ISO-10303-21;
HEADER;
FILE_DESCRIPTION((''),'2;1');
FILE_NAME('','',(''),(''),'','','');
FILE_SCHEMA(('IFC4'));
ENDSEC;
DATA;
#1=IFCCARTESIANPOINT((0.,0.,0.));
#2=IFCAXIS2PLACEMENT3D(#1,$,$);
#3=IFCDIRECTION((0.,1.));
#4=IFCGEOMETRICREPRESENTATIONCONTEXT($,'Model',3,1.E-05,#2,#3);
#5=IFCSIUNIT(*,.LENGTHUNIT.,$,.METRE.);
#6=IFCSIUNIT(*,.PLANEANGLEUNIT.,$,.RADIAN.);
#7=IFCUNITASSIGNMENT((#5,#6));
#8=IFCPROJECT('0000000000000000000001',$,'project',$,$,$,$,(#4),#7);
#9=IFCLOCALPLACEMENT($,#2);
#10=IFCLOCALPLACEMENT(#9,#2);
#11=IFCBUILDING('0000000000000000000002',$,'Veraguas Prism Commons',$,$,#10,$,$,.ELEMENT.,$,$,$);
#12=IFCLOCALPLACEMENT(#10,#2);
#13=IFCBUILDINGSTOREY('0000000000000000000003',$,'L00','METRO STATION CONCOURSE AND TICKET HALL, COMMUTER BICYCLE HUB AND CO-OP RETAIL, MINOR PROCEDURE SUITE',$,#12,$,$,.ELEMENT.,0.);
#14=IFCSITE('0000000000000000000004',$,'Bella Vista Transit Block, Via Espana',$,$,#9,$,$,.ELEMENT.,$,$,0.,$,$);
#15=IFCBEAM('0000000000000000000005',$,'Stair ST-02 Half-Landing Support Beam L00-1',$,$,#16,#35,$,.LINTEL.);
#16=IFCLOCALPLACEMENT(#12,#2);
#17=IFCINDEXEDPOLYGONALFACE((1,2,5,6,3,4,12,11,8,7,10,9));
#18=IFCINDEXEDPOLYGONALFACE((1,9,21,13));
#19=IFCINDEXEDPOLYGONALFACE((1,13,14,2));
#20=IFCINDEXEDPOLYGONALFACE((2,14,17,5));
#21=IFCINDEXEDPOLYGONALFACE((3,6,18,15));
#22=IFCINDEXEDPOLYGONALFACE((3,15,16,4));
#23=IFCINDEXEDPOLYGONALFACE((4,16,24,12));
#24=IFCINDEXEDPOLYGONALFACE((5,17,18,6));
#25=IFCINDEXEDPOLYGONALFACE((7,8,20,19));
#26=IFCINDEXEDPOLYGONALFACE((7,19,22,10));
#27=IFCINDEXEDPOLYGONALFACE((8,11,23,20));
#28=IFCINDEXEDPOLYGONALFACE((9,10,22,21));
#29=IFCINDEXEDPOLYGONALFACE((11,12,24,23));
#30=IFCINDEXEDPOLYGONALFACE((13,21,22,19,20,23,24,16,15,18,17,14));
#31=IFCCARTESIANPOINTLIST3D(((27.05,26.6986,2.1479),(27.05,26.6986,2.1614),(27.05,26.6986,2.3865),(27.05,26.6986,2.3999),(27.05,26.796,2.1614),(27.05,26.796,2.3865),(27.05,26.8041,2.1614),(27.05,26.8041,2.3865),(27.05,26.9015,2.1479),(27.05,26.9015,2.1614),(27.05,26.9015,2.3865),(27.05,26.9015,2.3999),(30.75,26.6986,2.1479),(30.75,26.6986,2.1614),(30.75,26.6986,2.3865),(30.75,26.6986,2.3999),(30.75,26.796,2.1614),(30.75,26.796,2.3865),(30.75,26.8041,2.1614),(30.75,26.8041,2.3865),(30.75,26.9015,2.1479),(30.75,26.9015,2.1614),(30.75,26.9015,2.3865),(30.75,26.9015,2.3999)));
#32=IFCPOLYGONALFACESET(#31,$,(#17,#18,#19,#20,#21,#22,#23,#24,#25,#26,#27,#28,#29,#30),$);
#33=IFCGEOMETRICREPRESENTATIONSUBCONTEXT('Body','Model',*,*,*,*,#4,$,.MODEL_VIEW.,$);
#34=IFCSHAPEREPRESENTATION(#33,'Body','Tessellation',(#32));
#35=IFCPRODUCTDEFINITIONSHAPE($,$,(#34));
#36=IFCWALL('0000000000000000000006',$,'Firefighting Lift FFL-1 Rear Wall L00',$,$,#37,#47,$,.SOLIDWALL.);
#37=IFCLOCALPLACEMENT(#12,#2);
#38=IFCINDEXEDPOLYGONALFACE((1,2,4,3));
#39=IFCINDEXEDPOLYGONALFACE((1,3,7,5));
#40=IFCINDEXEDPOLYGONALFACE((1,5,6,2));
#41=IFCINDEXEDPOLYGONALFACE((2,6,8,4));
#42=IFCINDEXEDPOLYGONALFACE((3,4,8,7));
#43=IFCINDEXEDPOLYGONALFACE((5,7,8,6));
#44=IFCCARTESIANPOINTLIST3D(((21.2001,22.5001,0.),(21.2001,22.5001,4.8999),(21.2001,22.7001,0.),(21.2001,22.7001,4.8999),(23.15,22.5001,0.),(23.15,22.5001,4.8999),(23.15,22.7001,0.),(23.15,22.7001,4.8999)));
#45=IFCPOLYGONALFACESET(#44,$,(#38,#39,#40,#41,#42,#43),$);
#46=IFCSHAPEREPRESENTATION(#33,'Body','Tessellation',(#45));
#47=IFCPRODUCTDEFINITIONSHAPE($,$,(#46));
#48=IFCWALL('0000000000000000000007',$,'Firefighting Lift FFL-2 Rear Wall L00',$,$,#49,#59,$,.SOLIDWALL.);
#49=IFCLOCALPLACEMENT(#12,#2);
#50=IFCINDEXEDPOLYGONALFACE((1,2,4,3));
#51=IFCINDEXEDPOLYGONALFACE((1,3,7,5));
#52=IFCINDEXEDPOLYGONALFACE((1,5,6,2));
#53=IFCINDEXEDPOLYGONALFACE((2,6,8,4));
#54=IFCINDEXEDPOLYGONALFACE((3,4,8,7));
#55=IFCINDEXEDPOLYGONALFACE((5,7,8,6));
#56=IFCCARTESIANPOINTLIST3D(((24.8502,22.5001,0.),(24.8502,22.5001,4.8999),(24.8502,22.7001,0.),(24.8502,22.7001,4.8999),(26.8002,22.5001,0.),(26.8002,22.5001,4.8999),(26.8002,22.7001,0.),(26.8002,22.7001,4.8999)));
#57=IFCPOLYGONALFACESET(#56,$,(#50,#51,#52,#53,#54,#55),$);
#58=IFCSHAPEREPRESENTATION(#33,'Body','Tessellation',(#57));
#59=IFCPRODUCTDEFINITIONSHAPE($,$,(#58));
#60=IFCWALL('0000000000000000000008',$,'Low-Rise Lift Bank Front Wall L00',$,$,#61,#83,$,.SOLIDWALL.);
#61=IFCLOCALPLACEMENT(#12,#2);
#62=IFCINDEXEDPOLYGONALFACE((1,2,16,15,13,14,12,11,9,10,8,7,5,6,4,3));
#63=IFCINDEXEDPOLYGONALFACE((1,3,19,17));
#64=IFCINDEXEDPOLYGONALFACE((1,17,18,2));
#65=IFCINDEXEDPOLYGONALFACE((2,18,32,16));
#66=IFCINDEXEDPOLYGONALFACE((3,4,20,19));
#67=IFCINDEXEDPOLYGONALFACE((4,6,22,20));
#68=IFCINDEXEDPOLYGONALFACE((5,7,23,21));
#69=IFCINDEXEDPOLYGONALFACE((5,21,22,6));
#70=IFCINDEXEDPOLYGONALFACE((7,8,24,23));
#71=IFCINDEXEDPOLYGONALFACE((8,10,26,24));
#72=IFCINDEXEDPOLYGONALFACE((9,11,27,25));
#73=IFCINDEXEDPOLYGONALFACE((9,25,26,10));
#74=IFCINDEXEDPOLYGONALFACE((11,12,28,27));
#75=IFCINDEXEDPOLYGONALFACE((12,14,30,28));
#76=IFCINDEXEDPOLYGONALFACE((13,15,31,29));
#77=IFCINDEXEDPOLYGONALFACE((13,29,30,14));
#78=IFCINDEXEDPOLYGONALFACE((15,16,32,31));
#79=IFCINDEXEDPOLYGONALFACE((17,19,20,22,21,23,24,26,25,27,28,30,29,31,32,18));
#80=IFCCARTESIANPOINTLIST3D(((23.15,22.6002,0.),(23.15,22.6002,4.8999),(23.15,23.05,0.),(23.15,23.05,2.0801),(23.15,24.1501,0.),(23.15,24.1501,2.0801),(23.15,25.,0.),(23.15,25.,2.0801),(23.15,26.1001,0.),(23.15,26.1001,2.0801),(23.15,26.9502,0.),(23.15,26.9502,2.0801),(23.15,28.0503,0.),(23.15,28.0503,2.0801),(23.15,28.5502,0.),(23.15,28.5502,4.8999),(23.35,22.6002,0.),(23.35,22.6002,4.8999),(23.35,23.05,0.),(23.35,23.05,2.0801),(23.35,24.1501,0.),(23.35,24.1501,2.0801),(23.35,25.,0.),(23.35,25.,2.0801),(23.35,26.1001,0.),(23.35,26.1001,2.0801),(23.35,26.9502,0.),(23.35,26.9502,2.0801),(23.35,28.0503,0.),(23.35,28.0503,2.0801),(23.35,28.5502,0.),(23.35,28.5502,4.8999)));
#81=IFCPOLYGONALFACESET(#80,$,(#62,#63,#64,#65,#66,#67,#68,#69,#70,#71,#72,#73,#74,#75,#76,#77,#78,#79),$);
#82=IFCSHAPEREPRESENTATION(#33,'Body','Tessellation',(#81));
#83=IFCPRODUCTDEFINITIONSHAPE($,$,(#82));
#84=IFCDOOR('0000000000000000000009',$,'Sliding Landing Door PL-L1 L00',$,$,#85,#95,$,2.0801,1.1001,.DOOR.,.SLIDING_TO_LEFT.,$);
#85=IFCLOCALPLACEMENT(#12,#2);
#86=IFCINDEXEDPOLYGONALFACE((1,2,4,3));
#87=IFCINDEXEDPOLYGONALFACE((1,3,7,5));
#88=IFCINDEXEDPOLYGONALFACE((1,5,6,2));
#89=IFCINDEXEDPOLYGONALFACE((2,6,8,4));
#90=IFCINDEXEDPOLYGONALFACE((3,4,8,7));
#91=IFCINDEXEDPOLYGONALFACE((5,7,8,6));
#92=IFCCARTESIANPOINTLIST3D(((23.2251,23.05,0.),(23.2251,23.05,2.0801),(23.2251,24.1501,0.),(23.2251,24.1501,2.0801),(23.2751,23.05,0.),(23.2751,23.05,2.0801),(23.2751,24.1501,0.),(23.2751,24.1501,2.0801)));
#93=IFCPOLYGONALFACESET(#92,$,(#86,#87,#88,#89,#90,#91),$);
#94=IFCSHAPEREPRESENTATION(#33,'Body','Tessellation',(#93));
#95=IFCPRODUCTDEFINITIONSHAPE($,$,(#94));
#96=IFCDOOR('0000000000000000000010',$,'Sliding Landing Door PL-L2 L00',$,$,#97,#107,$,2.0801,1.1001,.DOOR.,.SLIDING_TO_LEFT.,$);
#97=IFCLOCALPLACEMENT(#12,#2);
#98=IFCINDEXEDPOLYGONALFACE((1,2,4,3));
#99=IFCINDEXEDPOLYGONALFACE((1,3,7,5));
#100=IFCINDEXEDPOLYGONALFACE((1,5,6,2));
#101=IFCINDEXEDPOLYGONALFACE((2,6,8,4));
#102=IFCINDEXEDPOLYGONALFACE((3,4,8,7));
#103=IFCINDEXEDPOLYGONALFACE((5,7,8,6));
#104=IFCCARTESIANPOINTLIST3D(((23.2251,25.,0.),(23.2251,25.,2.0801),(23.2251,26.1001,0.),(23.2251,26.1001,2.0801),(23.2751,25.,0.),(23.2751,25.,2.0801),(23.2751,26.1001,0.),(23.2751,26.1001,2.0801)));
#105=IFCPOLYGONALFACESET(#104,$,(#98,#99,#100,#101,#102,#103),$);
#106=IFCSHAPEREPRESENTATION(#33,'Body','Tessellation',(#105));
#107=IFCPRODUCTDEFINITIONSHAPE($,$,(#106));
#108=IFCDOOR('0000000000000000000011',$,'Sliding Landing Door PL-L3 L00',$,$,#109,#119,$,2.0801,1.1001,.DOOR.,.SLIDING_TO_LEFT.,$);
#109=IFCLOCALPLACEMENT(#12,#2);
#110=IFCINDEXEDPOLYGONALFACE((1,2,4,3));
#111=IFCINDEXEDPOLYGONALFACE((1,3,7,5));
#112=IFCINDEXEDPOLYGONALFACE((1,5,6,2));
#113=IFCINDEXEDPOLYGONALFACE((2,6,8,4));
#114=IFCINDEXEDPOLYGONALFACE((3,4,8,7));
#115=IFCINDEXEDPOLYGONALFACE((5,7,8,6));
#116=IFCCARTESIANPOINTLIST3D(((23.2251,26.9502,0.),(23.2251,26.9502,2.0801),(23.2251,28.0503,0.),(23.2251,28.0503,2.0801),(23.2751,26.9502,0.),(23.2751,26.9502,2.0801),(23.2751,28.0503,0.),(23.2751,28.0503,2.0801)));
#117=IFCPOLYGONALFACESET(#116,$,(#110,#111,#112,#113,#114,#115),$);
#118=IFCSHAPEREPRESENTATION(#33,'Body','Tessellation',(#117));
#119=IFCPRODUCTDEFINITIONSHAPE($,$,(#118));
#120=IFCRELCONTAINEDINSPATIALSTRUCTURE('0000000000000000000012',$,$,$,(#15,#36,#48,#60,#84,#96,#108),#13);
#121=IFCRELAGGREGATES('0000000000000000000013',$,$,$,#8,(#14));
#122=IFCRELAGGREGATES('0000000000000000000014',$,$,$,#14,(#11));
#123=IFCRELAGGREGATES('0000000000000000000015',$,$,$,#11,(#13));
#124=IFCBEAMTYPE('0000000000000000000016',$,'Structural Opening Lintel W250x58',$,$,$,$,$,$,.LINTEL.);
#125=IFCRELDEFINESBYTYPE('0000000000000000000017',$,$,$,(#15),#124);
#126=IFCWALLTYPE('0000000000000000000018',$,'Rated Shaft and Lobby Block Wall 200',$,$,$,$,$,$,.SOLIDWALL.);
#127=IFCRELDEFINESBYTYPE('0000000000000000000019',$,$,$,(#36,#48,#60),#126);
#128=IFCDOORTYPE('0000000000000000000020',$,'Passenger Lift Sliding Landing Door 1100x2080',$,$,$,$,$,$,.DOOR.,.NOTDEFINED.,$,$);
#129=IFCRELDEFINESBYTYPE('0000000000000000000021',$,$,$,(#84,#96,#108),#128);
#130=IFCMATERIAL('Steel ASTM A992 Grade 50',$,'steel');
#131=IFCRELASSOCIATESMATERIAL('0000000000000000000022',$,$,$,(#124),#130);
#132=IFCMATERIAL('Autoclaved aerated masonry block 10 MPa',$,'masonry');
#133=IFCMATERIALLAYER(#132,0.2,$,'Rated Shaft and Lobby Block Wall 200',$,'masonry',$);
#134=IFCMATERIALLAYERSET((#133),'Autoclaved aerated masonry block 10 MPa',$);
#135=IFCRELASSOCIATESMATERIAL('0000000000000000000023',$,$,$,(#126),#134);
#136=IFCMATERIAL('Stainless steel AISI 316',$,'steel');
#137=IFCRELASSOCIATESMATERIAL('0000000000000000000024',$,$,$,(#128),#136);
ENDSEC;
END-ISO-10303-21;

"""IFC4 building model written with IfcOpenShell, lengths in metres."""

from ifc_helpers import new_model, si_unit, direction, frame, frame_2d, origin, origin_2d, place, context, subcontext, project, spatial, rectangle, i_section, extrude, source, transform, mapped, material, layer, layer_set, material_profile, profile_set, type_object, element, fill, save


model = new_model("IFC4")

# Units and contexts
model_context = context("Model", 3, precision=1e-05, world=origin(), true_north=direction((0.0, 1.0)))
body_context = subcontext(model_context, "Body", "Model", "MODEL_VIEW")
ifc_project = project(units=[si_unit("LENGTHUNIT", "METRE"), si_unit("PLANEANGLEUNIT", "RADIAN")], contexts=[model_context])

# Site, building, storey
site_placement = place(None, origin())
site = spatial("IfcSite", under=ifc_project, at=site_placement, Name="Bella Vista Transit Block, Via Espana", CompositionType="ELEMENT", RefElevation=0.0)
building_placement = place(site_placement, origin())
building = spatial("IfcBuilding", under=site, at=building_placement, Name="Veraguas Prism Commons", CompositionType="ELEMENT")
storey_placement = place(building_placement, origin())
storey = spatial("IfcBuildingStorey", under=building, at=storey_placement, Name="L00", Description="METRO STATION CONCOURSE AND TICKET HALL, COMMUTER BICYCLE HUB AND CO-OP RETAIL, MINOR PROCEDURE SUITE", CompositionType="ELEMENT", Elevation=0.0)

# Beam
ifc_material_1 = material(Name="Steel ASTM A992 Grade 50", Category="steel")
ifc_material_profile = material_profile(ifc_material_1, i_section(OverallWidth=0.2029, OverallDepth=0.252, WebThickness=0.0081, FlangeThickness=0.0134, at=origin_2d()), Name="W250X58")
ifc_profile_set = profile_set([ifc_material_profile], Name="Steel ASTM A992 Grade 50")
beam_type = type_object("IfcBeamType", Name="Structural Opening Lintel W250x58", PredefinedType="LINTEL", material=ifc_profile_set)
beam_placement = place(storey_placement, frame((27.05, 26.8, 2.2739), z_axis=(1.0, 0.0, 0.0), x_axis=(0.0, 1.0, 0.0)))
element("IfcBeam", 1, at=beam_placement, inside=storey, type_object=beam_type, Name="Stair ST-02 Half-Landing Support Beam L00-1", PredefinedType="LINTEL", context=body_context, shape_type="SweptSolid", body=[
    extrude(i_section(OverallWidth=0.2029, OverallDepth=0.252, WebThickness=0.0081, FlangeThickness=0.0134, at=origin_2d()), origin(), (0.0, 0.0, 1.0), 3.7),
])

# Walls
ifc_material_2 = material(Name="Autoclaved aerated masonry block 10 MPa", Category="masonry")
ifc_layer = layer(ifc_material_2, 0.2, Name="Rated Shaft and Lobby Block Wall 200", Category="masonry")
ifc_layer_set = layer_set([ifc_layer], Name="Autoclaved aerated masonry block 10 MPa")
wall_type = type_object("IfcWallType", Name="Rated Shaft and Lobby Block Wall 200", PredefinedType="SOLIDWALL", material=ifc_layer_set)
for number, where, z_axis, x_axis, name in (
    (2, (21.2, 22.6001, 0.0), (0.0, 0.0, 1.0), (1.0, 0.0, 0.0), "Firefighting Lift FFL-1 Rear Wall L00"),
    (3, (24.8501, 22.6001, 0.0), (0.0, 0.0, 1.0), (1.0, 0.0, 0.0), "Firefighting Lift FFL-2 Rear Wall L00"),
):
    element("IfcWall", number, at=place(storey_placement, frame(where, z_axis=z_axis, x_axis=x_axis)), inside=storey, type_object=wall_type, Name=name, PredefinedType="SOLIDWALL", context=body_context, shape_type="SweptSolid", body=[
        extrude(rectangle(XDim=1.95, YDim=0.2, at=frame_2d((0.9751, 0.0))), origin(), (0.0, 0.0, 1.0), 4.8999),
    ])

# Wall, openings, doors
wall_1_placement = place(storey_placement, frame((23.25, 22.6001, 0.0), z_axis=(0.0, 0.0, 1.0), x_axis=(0.0, 1.0, 0.0)))
wall_1 = element("IfcWall", 4, at=wall_1_placement, inside=storey, type_object=wall_type, Name="Low-Rise Lift Bank Front Wall L00", PredefinedType="SOLIDWALL", context=body_context, shape_type="SweptSolid", body=[
    extrude(rectangle(XDim=5.95, YDim=0.2, at=frame_2d((2.9751, 0.0))), origin(), (0.0, 0.0, 1.0), 4.8999),
])
opening_1_placement = place(wall_1_placement, frame((0.45, 0.0, 0.0)))
opening_1 = element("IfcOpeningElement", 5, at=opening_1_placement, cuts=wall_1, PredefinedType="OPENING", context=body_context, shape_type="SweptSolid", body=[
    extrude(rectangle(XDim=1.1001, YDim=2.0801, at=frame_2d((0.55, 1.04))), frame((0.0, 0.1099, 0.0), z_axis=(0.0, -1.0, 0.0), x_axis=(1.0, 0.0, 0.0)), (0.0, 0.0, 1.0), 0.22),
])
opening_2_placement = place(wall_1_placement, frame((2.3999, 0.0, 0.0)))
opening_2 = element("IfcOpeningElement", 6, at=opening_2_placement, cuts=wall_1, PredefinedType="OPENING", context=body_context, shape_type="SweptSolid", body=[
    extrude(rectangle(XDim=1.1001, YDim=2.0801, at=frame_2d((0.55, 1.04))), frame((0.0, 0.1099, 0.0), z_axis=(0.0, -1.0, 0.0), x_axis=(1.0, 0.0, 0.0)), (0.0, 0.0, 1.0), 0.22),
])
opening_3_placement = place(wall_1_placement, frame((4.3501, 0.0, 0.0)))
opening_3 = element("IfcOpeningElement", 7, at=opening_3_placement, cuts=wall_1, PredefinedType="OPENING", context=body_context, shape_type="SweptSolid", body=[
    extrude(rectangle(XDim=1.1001, YDim=2.0801, at=frame_2d((0.55, 1.04))), frame((0.0, 0.1099, 0.0), z_axis=(0.0, -1.0, 0.0), x_axis=(1.0, 0.0, 0.0)), (0.0, 0.0, 1.0), 0.22),
])
ifc_material_3 = material(Name="Stainless steel AISI 316", Category="steel")
door_type = type_object("IfcDoorType", Name="Passenger Lift Sliding Landing Door 1100x2080", OperationType="NOTDEFINED", PredefinedType="DOOR", material=ifc_material_3)
shared_shape_1 = source(origin(), body_context, "Body", "SweptSolid", [
    extrude(rectangle(XDim=1.1001, YDim=2.0801, at=frame_2d((0.55, 1.04))), frame((0.0, 0.0249, 0.0), z_axis=(0.0, -1.0, 0.0), x_axis=(1.0, 0.0, 0.0)), (0.0, 0.0, 1.0), 0.05),
])
door_1_placement = place(opening_1_placement, origin())
door_1 = element("IfcDoor", 8, at=door_1_placement, inside=storey, type_object=door_type, Name="Sliding Landing Door PL-L1 L00", OperationType="SLIDING_TO_LEFT", OverallHeight=2.0801, OverallWidth=1.1001, PredefinedType="DOOR", context=body_context, shape_type="MappedRepresentation", body=[
    mapped(shared_shape_1, transform((0.0, 0.0, 0.0), scale=1.0)),
])
fill(opening_1, door_1)
door_2_placement = place(opening_2_placement, origin())
door_2 = element("IfcDoor", 9, at=door_2_placement, inside=storey, type_object=door_type, Name="Sliding Landing Door PL-L2 L00", OperationType="SLIDING_TO_LEFT", OverallHeight=2.0801, OverallWidth=1.1001, PredefinedType="DOOR", context=body_context, shape_type="MappedRepresentation", body=[
    mapped(shared_shape_1, transform((0.0, 0.0, 0.0), scale=1.0)),
])
fill(opening_2, door_2)
door_3_placement = place(opening_3_placement, origin())
door_3 = element("IfcDoor", 10, at=door_3_placement, inside=storey, type_object=door_type, Name="Sliding Landing Door PL-L3 L00", OperationType="SLIDING_TO_LEFT", OverallHeight=2.0801, OverallWidth=1.1001, PredefinedType="DOOR", context=body_context, shape_type="MappedRepresentation", body=[
    mapped(shared_shape_1, transform((0.0, 0.0, 0.0), scale=1.0)),
])
fill(opening_3, door_3)

save(model, "model.ifc")
